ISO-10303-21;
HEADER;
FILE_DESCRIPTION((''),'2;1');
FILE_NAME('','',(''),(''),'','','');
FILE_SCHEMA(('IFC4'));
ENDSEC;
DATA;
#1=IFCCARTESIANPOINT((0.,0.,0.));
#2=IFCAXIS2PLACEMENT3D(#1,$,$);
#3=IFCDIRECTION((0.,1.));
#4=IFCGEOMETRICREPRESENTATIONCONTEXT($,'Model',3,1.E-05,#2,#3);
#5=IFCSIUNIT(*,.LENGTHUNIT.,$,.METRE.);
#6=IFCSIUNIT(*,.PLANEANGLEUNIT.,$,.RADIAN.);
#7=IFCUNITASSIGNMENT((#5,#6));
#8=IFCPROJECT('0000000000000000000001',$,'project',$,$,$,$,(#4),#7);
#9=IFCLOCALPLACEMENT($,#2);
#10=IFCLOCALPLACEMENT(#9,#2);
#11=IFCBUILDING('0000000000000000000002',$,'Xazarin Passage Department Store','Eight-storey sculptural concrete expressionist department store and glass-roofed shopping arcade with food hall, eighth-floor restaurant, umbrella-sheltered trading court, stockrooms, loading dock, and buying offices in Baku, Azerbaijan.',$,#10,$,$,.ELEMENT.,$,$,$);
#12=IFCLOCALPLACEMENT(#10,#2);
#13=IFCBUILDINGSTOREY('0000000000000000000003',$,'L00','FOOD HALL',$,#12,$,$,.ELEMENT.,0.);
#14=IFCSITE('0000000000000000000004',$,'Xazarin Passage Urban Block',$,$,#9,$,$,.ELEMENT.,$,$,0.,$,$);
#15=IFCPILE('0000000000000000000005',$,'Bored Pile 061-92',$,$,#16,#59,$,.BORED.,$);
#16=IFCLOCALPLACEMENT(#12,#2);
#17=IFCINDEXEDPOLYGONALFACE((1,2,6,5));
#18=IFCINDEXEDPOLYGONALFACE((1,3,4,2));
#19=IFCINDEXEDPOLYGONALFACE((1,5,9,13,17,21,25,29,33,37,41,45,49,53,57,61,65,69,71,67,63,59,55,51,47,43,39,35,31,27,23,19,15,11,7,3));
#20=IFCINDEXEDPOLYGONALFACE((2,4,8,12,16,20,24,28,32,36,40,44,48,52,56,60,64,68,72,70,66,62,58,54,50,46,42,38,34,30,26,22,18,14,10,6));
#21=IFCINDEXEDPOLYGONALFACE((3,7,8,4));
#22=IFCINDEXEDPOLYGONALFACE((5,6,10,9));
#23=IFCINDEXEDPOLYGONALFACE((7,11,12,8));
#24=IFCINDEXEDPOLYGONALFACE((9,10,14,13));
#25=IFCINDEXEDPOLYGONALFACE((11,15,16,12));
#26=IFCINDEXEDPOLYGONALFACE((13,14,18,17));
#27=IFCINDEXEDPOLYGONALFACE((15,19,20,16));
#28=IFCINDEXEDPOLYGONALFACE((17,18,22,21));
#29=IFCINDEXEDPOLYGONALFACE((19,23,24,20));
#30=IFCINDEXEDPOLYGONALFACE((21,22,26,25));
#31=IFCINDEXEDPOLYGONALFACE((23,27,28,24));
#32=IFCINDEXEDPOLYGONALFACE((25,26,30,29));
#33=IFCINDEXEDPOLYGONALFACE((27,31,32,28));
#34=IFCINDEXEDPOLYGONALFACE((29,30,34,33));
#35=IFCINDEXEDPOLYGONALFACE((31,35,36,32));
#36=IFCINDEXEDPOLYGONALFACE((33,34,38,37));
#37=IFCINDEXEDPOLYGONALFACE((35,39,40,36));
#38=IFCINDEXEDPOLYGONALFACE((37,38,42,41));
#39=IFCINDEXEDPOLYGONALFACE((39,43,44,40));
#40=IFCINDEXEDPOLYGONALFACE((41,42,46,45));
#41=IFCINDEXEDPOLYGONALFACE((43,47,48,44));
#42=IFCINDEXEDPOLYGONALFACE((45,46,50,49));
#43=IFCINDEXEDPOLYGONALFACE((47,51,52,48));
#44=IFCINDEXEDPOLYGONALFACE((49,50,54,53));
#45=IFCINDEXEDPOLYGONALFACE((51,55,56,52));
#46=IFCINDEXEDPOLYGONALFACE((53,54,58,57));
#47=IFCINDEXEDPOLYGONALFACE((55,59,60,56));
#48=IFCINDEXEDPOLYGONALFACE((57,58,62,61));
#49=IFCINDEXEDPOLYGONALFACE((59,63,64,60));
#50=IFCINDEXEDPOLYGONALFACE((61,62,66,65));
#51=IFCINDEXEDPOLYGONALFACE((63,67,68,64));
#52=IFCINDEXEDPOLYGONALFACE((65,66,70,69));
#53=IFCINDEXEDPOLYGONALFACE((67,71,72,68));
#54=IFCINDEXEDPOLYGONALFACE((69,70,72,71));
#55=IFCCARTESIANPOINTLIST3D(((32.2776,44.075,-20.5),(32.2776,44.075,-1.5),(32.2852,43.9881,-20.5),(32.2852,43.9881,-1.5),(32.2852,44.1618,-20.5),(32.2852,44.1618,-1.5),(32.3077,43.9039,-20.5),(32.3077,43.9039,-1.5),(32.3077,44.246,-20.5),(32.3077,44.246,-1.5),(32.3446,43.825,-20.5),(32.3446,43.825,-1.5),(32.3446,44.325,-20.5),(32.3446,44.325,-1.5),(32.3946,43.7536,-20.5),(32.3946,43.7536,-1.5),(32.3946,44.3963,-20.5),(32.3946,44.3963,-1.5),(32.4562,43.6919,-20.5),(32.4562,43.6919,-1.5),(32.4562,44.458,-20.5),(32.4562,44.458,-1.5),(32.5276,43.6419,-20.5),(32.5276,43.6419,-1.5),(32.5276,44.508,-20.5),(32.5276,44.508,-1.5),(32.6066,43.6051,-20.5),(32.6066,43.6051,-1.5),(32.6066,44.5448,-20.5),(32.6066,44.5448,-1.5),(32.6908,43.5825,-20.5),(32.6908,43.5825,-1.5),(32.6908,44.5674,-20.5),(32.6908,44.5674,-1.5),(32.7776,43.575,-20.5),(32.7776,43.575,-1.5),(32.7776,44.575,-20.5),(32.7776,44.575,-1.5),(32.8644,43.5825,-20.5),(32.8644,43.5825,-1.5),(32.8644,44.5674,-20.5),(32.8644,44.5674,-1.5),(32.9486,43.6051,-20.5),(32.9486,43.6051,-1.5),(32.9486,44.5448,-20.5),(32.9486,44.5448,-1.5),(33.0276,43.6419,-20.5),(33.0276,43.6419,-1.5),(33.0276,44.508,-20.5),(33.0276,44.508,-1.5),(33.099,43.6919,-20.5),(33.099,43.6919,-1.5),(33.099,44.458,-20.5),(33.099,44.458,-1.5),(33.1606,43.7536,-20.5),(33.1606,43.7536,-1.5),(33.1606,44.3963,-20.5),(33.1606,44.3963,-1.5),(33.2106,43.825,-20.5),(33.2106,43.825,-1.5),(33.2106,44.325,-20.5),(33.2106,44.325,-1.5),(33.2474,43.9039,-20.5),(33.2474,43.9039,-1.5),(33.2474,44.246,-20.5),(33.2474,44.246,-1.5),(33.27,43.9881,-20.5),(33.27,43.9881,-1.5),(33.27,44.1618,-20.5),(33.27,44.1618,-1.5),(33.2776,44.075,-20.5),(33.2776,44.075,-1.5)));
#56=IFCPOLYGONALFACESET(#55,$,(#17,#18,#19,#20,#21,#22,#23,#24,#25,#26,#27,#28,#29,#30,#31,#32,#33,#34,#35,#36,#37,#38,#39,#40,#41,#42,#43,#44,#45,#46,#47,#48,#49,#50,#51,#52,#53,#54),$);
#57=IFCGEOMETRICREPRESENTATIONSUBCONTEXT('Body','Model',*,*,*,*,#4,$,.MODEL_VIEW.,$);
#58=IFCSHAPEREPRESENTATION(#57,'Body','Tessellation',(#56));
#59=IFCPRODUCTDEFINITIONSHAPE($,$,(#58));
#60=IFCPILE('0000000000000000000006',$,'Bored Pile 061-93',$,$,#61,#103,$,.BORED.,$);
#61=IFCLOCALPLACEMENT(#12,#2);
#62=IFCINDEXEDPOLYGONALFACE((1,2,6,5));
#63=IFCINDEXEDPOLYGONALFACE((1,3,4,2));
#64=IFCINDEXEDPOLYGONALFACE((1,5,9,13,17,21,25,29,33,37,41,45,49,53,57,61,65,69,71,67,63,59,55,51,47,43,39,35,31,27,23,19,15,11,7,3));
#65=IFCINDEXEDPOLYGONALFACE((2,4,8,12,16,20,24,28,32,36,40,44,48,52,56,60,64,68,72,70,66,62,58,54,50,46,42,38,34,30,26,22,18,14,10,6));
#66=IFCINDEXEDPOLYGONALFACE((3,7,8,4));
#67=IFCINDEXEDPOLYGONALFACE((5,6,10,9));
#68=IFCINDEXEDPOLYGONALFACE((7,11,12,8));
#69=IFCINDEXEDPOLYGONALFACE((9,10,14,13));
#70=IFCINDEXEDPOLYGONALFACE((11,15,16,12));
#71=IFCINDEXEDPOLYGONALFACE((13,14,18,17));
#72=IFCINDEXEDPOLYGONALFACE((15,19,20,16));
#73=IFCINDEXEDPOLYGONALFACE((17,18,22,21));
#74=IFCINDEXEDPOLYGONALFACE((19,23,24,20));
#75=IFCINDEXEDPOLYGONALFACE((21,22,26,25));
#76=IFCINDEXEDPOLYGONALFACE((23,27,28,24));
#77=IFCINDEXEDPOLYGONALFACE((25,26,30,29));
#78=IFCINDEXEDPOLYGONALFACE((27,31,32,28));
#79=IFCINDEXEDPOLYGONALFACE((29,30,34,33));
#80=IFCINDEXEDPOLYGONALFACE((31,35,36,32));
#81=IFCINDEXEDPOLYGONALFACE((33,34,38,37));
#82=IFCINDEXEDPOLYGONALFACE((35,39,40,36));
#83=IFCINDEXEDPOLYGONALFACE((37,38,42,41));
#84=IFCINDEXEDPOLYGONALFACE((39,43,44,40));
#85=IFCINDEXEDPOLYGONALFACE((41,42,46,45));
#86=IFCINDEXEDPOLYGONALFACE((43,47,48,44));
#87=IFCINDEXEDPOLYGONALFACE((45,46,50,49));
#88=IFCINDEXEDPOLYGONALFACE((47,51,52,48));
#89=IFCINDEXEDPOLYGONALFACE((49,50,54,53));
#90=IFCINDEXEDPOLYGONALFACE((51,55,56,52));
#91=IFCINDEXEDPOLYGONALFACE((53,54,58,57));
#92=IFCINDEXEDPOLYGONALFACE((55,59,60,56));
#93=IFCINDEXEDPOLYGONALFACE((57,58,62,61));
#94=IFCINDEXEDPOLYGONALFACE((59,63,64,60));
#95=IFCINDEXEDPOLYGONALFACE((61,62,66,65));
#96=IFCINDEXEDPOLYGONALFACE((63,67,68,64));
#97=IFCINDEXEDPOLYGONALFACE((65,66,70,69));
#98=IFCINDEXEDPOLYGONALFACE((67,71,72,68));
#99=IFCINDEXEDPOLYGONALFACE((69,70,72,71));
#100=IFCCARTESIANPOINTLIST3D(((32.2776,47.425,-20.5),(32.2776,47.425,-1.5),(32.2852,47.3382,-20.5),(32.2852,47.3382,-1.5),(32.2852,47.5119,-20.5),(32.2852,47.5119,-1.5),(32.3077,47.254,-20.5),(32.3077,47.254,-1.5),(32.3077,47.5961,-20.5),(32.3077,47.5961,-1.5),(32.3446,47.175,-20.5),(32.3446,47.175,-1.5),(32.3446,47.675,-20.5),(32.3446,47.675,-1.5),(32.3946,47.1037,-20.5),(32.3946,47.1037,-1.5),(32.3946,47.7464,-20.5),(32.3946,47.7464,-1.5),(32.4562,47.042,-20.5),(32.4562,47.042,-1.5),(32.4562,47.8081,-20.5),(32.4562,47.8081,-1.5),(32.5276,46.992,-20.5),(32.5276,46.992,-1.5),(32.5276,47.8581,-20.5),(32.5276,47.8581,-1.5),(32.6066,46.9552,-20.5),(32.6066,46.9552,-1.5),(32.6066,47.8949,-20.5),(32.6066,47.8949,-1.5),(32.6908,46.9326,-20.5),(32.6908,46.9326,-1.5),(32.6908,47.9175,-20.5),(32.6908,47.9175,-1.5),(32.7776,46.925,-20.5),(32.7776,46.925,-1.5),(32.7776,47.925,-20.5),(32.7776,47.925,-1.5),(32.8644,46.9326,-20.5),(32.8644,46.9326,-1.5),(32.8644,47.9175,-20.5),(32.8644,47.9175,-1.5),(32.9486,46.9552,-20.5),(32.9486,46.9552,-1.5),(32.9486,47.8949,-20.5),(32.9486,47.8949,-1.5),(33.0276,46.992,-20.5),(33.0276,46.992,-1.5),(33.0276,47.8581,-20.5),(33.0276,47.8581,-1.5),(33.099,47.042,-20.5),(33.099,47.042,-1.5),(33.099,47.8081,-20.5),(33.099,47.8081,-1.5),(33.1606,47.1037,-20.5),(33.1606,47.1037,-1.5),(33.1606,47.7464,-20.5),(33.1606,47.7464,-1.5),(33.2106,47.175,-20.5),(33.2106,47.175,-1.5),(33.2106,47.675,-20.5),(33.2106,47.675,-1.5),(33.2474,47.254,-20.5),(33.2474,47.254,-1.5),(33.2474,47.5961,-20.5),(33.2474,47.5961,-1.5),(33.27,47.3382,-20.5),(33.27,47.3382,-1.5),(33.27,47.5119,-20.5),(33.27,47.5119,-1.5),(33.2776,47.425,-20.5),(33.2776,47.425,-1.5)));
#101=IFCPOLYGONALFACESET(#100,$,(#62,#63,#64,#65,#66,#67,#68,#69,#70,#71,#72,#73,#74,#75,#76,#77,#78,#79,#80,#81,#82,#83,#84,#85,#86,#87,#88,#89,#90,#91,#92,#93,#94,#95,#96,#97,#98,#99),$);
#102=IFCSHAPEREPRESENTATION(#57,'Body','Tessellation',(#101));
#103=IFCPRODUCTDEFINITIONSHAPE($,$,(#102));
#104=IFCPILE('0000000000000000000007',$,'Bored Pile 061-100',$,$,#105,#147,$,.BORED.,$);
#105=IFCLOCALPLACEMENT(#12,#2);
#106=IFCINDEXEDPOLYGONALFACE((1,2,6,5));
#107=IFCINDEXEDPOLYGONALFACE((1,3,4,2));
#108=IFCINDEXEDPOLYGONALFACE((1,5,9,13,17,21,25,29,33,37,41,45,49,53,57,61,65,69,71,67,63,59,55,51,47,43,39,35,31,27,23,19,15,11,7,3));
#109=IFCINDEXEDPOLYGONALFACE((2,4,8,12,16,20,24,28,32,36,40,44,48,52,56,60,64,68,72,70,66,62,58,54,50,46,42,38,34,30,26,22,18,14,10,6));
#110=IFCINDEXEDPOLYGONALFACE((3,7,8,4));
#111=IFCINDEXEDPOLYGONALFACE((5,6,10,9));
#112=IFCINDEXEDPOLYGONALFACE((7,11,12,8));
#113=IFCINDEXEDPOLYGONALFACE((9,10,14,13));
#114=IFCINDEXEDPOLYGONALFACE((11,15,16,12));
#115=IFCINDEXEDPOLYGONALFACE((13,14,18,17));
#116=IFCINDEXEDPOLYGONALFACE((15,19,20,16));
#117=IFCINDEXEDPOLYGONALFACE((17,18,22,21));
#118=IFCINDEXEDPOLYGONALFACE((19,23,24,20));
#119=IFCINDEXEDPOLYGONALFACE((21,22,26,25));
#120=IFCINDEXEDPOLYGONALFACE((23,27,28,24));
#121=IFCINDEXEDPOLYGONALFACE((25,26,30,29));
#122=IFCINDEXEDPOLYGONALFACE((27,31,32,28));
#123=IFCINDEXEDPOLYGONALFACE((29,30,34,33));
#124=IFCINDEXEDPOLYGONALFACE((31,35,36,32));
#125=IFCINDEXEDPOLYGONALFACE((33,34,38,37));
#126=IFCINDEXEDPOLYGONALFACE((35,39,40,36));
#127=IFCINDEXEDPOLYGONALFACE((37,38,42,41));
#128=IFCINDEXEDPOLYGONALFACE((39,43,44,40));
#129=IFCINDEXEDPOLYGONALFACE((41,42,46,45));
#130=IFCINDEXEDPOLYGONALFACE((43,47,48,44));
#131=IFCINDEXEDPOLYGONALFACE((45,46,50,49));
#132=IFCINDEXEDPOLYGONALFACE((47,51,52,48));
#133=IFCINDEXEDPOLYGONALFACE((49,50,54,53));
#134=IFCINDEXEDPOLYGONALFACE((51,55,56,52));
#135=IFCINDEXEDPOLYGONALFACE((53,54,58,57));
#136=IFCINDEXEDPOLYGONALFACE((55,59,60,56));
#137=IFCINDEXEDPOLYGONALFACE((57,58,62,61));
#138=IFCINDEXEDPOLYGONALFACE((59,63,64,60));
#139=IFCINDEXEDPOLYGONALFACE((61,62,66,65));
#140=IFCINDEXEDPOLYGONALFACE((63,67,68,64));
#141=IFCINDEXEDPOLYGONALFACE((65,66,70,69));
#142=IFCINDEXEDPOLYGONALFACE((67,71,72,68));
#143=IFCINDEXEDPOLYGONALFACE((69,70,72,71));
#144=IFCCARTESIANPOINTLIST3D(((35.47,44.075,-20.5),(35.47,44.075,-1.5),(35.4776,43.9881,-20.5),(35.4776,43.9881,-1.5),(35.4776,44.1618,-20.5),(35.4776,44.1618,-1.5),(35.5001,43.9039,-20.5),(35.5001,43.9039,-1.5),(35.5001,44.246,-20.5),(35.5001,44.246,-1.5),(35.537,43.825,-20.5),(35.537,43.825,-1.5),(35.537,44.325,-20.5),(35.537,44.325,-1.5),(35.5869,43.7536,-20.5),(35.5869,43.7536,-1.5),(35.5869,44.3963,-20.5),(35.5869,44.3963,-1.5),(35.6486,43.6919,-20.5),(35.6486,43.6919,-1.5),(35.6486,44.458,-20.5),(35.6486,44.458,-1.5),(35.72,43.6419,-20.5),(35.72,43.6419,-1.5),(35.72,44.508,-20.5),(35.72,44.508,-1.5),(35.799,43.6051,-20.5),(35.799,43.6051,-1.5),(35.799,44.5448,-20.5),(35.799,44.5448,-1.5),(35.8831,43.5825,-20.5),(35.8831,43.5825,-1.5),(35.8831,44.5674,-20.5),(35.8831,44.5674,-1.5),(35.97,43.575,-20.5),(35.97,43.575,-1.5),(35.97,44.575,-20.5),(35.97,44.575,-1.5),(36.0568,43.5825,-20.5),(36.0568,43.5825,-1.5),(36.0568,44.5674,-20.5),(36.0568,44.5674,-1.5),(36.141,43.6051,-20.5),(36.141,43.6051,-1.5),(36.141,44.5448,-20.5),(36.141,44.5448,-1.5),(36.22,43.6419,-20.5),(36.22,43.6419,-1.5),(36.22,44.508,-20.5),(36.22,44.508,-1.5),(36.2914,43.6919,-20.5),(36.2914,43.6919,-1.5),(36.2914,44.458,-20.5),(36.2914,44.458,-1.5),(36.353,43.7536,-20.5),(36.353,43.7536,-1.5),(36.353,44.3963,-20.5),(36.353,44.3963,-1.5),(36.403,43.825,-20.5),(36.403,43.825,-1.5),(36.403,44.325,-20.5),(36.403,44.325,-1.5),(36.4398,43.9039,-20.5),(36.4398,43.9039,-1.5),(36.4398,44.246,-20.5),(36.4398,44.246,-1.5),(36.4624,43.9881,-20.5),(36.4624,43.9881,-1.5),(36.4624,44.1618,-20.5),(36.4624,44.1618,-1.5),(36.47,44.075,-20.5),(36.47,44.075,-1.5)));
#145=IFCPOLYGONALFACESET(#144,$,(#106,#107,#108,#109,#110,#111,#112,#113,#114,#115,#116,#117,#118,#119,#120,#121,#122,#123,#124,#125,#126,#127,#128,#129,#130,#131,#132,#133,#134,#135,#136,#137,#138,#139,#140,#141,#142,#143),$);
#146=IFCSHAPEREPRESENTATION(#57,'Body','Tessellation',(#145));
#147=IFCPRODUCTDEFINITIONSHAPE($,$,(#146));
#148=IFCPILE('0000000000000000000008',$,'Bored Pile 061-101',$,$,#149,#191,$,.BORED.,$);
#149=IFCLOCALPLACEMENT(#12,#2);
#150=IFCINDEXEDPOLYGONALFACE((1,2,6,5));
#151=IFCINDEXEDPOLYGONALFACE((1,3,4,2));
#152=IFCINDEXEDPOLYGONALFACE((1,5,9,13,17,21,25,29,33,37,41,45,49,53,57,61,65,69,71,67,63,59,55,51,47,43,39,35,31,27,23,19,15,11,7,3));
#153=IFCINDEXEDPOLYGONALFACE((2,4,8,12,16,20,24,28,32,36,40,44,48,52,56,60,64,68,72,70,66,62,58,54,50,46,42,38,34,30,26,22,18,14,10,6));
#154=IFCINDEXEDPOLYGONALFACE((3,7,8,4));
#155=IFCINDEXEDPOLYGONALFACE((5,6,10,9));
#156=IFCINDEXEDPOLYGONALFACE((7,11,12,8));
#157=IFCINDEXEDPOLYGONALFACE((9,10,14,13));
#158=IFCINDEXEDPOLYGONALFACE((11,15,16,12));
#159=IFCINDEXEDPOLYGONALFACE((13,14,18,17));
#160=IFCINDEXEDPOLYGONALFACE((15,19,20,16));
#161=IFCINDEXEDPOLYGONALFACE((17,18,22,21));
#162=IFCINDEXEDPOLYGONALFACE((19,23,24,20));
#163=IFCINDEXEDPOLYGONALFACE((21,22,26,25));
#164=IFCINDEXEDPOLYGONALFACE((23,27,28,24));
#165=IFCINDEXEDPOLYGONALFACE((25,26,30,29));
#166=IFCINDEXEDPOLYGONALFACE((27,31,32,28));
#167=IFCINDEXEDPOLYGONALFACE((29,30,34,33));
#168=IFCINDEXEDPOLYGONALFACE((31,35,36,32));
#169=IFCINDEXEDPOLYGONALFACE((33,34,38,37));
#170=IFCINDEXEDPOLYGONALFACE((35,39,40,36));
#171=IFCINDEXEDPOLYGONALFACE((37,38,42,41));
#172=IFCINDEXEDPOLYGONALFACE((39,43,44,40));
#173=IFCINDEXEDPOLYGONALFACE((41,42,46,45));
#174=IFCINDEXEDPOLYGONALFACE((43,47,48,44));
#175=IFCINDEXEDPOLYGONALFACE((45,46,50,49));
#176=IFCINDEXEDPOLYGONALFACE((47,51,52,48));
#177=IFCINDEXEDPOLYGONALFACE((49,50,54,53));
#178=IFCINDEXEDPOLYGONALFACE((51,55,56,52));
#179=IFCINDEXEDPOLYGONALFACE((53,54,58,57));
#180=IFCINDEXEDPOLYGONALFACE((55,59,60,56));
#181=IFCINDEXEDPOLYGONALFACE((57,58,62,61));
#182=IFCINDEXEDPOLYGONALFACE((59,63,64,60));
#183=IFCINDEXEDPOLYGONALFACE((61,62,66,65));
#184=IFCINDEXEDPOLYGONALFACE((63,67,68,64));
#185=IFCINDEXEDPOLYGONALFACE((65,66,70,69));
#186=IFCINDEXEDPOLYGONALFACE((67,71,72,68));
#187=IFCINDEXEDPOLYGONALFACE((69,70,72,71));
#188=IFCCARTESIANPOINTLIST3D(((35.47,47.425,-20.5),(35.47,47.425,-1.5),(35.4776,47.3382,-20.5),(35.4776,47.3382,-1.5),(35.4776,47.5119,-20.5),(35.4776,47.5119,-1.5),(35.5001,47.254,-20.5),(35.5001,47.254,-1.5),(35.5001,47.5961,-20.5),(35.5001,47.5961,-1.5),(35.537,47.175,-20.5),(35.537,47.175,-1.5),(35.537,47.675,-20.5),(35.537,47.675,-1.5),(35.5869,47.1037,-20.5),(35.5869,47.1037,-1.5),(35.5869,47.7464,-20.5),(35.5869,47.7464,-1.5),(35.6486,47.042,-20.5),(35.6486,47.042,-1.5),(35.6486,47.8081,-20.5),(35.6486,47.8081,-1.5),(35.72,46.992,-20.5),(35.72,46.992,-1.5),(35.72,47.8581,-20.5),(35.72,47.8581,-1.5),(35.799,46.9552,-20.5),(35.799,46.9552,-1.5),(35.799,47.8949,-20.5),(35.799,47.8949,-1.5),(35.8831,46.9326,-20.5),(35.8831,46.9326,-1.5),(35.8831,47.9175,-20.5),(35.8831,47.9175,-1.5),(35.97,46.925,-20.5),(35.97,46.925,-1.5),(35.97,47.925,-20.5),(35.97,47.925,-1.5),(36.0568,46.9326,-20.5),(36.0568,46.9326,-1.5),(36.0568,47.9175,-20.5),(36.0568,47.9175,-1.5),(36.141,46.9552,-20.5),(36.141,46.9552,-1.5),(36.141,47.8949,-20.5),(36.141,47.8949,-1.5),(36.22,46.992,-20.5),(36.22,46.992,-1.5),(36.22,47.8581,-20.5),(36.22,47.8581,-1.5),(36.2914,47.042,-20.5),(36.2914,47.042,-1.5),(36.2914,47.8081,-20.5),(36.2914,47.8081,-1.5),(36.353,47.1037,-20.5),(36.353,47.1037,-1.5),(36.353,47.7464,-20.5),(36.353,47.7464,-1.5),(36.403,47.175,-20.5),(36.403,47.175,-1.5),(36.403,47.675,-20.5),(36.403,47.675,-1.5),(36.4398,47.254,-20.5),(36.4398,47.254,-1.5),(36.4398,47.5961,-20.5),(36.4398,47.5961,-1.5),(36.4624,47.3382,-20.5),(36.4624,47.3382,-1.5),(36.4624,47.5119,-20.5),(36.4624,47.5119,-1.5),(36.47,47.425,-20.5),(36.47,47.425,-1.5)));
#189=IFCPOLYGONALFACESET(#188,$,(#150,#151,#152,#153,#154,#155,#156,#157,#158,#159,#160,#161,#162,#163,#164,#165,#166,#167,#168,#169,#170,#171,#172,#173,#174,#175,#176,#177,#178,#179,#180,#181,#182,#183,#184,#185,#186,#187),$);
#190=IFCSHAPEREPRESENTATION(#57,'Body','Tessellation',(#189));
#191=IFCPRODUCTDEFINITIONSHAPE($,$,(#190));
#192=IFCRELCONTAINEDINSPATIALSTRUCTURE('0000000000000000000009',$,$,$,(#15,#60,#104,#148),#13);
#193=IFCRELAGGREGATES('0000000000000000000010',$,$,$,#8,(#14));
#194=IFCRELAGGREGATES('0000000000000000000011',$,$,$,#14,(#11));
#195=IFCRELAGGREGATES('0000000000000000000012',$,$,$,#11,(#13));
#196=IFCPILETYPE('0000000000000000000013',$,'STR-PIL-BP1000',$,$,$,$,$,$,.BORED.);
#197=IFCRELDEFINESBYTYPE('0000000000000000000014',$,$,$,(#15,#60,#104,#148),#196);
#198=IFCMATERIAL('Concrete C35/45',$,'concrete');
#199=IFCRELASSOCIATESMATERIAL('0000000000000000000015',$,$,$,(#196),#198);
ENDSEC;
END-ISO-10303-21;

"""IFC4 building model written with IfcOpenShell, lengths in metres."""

from ifc_helpers import new_model, si_unit, direction, frame, origin, origin_2d, place, context, subcontext, project, spatial, circle, extrude, material, material_profile, profile_set, type_object, element, save


model = new_model("IFC4")

# Units and contexts
model_context = context("Model", 3, precision=1e-05, world=origin(), true_north=direction((0.0, 1.0)))
body_context = subcontext(model_context, "Body", "Model", "MODEL_VIEW")
ifc_project = project(units=[si_unit("LENGTHUNIT", "METRE"), si_unit("PLANEANGLEUNIT", "RADIAN")], contexts=[model_context])

# Site, building, storey
site_placement = place(None, origin())
site = spatial("IfcSite", under=ifc_project, at=site_placement, Name="Xazarin Passage Urban Block", CompositionType="ELEMENT", RefElevation=0.0)
building_placement = place(site_placement, origin())
building = spatial("IfcBuilding", under=site, at=building_placement, Name="Xazarin Passage Department Store", Description="Eight-storey sculptural concrete expressionist department store and glass-roofed shopping arcade with food hall, eighth-floor restaurant, umbrella-sheltered trading court, stockrooms, loading dock, and buying offices in Baku, Azerbaijan.", CompositionType="ELEMENT")
storey_placement = place(building_placement, origin())
storey = spatial("IfcBuildingStorey", under=building, at=storey_placement, Name="L00", Description="FOOD HALL", CompositionType="ELEMENT", Elevation=0.0)

# Piles
ifc_material_1 = material(Name="Concrete C35/45", Category="concrete")
ifc_material_profile_1 = material_profile(ifc_material_1, circle(Radius=0.5, at=origin_2d()), Name="BP 1000")
ifc_profile_set_1 = profile_set([ifc_material_profile_1], Name="Concrete C35/45")
pile_type_1 = type_object("IfcPileType", Name="STR-PIL-BP1000", PredefinedType="BORED", material=ifc_profile_set_1)
for number, where, z_axis, x_axis, name in (
    (1, (32.7776, 44.075, -1.5), (0.0, 0.0, -1.0), (1.0, 0.0, 0.0), "Bored Pile 061-92"),
    (2, (32.7776, 47.425, -1.5), (0.0, 0.0, -1.0), (1.0, 0.0, 0.0), "Bored Pile 061-93"),
    (3, (35.97, 44.075, -1.5), (0.0, 0.0, -1.0), (1.0, 0.0, 0.0), "Bored Pile 061-100"),
    (4, (35.97, 47.425, -1.5), (0.0, 0.0, -1.0), (1.0, 0.0, 0.0), "Bored Pile 061-101"),
):
    element("IfcPile", number, at=place(storey_placement, frame(where, z_axis=z_axis, x_axis=x_axis)), inside=storey, type_object=pile_type_1, Name=name, PredefinedType="BORED", context=body_context, shape_type="SweptSolid", body=[
        extrude(circle(Radius=0.5, at=origin_2d()), origin(), (0.0, 0.0, 1.0), 19.0),
    ])

save(model, "model.ifc")
